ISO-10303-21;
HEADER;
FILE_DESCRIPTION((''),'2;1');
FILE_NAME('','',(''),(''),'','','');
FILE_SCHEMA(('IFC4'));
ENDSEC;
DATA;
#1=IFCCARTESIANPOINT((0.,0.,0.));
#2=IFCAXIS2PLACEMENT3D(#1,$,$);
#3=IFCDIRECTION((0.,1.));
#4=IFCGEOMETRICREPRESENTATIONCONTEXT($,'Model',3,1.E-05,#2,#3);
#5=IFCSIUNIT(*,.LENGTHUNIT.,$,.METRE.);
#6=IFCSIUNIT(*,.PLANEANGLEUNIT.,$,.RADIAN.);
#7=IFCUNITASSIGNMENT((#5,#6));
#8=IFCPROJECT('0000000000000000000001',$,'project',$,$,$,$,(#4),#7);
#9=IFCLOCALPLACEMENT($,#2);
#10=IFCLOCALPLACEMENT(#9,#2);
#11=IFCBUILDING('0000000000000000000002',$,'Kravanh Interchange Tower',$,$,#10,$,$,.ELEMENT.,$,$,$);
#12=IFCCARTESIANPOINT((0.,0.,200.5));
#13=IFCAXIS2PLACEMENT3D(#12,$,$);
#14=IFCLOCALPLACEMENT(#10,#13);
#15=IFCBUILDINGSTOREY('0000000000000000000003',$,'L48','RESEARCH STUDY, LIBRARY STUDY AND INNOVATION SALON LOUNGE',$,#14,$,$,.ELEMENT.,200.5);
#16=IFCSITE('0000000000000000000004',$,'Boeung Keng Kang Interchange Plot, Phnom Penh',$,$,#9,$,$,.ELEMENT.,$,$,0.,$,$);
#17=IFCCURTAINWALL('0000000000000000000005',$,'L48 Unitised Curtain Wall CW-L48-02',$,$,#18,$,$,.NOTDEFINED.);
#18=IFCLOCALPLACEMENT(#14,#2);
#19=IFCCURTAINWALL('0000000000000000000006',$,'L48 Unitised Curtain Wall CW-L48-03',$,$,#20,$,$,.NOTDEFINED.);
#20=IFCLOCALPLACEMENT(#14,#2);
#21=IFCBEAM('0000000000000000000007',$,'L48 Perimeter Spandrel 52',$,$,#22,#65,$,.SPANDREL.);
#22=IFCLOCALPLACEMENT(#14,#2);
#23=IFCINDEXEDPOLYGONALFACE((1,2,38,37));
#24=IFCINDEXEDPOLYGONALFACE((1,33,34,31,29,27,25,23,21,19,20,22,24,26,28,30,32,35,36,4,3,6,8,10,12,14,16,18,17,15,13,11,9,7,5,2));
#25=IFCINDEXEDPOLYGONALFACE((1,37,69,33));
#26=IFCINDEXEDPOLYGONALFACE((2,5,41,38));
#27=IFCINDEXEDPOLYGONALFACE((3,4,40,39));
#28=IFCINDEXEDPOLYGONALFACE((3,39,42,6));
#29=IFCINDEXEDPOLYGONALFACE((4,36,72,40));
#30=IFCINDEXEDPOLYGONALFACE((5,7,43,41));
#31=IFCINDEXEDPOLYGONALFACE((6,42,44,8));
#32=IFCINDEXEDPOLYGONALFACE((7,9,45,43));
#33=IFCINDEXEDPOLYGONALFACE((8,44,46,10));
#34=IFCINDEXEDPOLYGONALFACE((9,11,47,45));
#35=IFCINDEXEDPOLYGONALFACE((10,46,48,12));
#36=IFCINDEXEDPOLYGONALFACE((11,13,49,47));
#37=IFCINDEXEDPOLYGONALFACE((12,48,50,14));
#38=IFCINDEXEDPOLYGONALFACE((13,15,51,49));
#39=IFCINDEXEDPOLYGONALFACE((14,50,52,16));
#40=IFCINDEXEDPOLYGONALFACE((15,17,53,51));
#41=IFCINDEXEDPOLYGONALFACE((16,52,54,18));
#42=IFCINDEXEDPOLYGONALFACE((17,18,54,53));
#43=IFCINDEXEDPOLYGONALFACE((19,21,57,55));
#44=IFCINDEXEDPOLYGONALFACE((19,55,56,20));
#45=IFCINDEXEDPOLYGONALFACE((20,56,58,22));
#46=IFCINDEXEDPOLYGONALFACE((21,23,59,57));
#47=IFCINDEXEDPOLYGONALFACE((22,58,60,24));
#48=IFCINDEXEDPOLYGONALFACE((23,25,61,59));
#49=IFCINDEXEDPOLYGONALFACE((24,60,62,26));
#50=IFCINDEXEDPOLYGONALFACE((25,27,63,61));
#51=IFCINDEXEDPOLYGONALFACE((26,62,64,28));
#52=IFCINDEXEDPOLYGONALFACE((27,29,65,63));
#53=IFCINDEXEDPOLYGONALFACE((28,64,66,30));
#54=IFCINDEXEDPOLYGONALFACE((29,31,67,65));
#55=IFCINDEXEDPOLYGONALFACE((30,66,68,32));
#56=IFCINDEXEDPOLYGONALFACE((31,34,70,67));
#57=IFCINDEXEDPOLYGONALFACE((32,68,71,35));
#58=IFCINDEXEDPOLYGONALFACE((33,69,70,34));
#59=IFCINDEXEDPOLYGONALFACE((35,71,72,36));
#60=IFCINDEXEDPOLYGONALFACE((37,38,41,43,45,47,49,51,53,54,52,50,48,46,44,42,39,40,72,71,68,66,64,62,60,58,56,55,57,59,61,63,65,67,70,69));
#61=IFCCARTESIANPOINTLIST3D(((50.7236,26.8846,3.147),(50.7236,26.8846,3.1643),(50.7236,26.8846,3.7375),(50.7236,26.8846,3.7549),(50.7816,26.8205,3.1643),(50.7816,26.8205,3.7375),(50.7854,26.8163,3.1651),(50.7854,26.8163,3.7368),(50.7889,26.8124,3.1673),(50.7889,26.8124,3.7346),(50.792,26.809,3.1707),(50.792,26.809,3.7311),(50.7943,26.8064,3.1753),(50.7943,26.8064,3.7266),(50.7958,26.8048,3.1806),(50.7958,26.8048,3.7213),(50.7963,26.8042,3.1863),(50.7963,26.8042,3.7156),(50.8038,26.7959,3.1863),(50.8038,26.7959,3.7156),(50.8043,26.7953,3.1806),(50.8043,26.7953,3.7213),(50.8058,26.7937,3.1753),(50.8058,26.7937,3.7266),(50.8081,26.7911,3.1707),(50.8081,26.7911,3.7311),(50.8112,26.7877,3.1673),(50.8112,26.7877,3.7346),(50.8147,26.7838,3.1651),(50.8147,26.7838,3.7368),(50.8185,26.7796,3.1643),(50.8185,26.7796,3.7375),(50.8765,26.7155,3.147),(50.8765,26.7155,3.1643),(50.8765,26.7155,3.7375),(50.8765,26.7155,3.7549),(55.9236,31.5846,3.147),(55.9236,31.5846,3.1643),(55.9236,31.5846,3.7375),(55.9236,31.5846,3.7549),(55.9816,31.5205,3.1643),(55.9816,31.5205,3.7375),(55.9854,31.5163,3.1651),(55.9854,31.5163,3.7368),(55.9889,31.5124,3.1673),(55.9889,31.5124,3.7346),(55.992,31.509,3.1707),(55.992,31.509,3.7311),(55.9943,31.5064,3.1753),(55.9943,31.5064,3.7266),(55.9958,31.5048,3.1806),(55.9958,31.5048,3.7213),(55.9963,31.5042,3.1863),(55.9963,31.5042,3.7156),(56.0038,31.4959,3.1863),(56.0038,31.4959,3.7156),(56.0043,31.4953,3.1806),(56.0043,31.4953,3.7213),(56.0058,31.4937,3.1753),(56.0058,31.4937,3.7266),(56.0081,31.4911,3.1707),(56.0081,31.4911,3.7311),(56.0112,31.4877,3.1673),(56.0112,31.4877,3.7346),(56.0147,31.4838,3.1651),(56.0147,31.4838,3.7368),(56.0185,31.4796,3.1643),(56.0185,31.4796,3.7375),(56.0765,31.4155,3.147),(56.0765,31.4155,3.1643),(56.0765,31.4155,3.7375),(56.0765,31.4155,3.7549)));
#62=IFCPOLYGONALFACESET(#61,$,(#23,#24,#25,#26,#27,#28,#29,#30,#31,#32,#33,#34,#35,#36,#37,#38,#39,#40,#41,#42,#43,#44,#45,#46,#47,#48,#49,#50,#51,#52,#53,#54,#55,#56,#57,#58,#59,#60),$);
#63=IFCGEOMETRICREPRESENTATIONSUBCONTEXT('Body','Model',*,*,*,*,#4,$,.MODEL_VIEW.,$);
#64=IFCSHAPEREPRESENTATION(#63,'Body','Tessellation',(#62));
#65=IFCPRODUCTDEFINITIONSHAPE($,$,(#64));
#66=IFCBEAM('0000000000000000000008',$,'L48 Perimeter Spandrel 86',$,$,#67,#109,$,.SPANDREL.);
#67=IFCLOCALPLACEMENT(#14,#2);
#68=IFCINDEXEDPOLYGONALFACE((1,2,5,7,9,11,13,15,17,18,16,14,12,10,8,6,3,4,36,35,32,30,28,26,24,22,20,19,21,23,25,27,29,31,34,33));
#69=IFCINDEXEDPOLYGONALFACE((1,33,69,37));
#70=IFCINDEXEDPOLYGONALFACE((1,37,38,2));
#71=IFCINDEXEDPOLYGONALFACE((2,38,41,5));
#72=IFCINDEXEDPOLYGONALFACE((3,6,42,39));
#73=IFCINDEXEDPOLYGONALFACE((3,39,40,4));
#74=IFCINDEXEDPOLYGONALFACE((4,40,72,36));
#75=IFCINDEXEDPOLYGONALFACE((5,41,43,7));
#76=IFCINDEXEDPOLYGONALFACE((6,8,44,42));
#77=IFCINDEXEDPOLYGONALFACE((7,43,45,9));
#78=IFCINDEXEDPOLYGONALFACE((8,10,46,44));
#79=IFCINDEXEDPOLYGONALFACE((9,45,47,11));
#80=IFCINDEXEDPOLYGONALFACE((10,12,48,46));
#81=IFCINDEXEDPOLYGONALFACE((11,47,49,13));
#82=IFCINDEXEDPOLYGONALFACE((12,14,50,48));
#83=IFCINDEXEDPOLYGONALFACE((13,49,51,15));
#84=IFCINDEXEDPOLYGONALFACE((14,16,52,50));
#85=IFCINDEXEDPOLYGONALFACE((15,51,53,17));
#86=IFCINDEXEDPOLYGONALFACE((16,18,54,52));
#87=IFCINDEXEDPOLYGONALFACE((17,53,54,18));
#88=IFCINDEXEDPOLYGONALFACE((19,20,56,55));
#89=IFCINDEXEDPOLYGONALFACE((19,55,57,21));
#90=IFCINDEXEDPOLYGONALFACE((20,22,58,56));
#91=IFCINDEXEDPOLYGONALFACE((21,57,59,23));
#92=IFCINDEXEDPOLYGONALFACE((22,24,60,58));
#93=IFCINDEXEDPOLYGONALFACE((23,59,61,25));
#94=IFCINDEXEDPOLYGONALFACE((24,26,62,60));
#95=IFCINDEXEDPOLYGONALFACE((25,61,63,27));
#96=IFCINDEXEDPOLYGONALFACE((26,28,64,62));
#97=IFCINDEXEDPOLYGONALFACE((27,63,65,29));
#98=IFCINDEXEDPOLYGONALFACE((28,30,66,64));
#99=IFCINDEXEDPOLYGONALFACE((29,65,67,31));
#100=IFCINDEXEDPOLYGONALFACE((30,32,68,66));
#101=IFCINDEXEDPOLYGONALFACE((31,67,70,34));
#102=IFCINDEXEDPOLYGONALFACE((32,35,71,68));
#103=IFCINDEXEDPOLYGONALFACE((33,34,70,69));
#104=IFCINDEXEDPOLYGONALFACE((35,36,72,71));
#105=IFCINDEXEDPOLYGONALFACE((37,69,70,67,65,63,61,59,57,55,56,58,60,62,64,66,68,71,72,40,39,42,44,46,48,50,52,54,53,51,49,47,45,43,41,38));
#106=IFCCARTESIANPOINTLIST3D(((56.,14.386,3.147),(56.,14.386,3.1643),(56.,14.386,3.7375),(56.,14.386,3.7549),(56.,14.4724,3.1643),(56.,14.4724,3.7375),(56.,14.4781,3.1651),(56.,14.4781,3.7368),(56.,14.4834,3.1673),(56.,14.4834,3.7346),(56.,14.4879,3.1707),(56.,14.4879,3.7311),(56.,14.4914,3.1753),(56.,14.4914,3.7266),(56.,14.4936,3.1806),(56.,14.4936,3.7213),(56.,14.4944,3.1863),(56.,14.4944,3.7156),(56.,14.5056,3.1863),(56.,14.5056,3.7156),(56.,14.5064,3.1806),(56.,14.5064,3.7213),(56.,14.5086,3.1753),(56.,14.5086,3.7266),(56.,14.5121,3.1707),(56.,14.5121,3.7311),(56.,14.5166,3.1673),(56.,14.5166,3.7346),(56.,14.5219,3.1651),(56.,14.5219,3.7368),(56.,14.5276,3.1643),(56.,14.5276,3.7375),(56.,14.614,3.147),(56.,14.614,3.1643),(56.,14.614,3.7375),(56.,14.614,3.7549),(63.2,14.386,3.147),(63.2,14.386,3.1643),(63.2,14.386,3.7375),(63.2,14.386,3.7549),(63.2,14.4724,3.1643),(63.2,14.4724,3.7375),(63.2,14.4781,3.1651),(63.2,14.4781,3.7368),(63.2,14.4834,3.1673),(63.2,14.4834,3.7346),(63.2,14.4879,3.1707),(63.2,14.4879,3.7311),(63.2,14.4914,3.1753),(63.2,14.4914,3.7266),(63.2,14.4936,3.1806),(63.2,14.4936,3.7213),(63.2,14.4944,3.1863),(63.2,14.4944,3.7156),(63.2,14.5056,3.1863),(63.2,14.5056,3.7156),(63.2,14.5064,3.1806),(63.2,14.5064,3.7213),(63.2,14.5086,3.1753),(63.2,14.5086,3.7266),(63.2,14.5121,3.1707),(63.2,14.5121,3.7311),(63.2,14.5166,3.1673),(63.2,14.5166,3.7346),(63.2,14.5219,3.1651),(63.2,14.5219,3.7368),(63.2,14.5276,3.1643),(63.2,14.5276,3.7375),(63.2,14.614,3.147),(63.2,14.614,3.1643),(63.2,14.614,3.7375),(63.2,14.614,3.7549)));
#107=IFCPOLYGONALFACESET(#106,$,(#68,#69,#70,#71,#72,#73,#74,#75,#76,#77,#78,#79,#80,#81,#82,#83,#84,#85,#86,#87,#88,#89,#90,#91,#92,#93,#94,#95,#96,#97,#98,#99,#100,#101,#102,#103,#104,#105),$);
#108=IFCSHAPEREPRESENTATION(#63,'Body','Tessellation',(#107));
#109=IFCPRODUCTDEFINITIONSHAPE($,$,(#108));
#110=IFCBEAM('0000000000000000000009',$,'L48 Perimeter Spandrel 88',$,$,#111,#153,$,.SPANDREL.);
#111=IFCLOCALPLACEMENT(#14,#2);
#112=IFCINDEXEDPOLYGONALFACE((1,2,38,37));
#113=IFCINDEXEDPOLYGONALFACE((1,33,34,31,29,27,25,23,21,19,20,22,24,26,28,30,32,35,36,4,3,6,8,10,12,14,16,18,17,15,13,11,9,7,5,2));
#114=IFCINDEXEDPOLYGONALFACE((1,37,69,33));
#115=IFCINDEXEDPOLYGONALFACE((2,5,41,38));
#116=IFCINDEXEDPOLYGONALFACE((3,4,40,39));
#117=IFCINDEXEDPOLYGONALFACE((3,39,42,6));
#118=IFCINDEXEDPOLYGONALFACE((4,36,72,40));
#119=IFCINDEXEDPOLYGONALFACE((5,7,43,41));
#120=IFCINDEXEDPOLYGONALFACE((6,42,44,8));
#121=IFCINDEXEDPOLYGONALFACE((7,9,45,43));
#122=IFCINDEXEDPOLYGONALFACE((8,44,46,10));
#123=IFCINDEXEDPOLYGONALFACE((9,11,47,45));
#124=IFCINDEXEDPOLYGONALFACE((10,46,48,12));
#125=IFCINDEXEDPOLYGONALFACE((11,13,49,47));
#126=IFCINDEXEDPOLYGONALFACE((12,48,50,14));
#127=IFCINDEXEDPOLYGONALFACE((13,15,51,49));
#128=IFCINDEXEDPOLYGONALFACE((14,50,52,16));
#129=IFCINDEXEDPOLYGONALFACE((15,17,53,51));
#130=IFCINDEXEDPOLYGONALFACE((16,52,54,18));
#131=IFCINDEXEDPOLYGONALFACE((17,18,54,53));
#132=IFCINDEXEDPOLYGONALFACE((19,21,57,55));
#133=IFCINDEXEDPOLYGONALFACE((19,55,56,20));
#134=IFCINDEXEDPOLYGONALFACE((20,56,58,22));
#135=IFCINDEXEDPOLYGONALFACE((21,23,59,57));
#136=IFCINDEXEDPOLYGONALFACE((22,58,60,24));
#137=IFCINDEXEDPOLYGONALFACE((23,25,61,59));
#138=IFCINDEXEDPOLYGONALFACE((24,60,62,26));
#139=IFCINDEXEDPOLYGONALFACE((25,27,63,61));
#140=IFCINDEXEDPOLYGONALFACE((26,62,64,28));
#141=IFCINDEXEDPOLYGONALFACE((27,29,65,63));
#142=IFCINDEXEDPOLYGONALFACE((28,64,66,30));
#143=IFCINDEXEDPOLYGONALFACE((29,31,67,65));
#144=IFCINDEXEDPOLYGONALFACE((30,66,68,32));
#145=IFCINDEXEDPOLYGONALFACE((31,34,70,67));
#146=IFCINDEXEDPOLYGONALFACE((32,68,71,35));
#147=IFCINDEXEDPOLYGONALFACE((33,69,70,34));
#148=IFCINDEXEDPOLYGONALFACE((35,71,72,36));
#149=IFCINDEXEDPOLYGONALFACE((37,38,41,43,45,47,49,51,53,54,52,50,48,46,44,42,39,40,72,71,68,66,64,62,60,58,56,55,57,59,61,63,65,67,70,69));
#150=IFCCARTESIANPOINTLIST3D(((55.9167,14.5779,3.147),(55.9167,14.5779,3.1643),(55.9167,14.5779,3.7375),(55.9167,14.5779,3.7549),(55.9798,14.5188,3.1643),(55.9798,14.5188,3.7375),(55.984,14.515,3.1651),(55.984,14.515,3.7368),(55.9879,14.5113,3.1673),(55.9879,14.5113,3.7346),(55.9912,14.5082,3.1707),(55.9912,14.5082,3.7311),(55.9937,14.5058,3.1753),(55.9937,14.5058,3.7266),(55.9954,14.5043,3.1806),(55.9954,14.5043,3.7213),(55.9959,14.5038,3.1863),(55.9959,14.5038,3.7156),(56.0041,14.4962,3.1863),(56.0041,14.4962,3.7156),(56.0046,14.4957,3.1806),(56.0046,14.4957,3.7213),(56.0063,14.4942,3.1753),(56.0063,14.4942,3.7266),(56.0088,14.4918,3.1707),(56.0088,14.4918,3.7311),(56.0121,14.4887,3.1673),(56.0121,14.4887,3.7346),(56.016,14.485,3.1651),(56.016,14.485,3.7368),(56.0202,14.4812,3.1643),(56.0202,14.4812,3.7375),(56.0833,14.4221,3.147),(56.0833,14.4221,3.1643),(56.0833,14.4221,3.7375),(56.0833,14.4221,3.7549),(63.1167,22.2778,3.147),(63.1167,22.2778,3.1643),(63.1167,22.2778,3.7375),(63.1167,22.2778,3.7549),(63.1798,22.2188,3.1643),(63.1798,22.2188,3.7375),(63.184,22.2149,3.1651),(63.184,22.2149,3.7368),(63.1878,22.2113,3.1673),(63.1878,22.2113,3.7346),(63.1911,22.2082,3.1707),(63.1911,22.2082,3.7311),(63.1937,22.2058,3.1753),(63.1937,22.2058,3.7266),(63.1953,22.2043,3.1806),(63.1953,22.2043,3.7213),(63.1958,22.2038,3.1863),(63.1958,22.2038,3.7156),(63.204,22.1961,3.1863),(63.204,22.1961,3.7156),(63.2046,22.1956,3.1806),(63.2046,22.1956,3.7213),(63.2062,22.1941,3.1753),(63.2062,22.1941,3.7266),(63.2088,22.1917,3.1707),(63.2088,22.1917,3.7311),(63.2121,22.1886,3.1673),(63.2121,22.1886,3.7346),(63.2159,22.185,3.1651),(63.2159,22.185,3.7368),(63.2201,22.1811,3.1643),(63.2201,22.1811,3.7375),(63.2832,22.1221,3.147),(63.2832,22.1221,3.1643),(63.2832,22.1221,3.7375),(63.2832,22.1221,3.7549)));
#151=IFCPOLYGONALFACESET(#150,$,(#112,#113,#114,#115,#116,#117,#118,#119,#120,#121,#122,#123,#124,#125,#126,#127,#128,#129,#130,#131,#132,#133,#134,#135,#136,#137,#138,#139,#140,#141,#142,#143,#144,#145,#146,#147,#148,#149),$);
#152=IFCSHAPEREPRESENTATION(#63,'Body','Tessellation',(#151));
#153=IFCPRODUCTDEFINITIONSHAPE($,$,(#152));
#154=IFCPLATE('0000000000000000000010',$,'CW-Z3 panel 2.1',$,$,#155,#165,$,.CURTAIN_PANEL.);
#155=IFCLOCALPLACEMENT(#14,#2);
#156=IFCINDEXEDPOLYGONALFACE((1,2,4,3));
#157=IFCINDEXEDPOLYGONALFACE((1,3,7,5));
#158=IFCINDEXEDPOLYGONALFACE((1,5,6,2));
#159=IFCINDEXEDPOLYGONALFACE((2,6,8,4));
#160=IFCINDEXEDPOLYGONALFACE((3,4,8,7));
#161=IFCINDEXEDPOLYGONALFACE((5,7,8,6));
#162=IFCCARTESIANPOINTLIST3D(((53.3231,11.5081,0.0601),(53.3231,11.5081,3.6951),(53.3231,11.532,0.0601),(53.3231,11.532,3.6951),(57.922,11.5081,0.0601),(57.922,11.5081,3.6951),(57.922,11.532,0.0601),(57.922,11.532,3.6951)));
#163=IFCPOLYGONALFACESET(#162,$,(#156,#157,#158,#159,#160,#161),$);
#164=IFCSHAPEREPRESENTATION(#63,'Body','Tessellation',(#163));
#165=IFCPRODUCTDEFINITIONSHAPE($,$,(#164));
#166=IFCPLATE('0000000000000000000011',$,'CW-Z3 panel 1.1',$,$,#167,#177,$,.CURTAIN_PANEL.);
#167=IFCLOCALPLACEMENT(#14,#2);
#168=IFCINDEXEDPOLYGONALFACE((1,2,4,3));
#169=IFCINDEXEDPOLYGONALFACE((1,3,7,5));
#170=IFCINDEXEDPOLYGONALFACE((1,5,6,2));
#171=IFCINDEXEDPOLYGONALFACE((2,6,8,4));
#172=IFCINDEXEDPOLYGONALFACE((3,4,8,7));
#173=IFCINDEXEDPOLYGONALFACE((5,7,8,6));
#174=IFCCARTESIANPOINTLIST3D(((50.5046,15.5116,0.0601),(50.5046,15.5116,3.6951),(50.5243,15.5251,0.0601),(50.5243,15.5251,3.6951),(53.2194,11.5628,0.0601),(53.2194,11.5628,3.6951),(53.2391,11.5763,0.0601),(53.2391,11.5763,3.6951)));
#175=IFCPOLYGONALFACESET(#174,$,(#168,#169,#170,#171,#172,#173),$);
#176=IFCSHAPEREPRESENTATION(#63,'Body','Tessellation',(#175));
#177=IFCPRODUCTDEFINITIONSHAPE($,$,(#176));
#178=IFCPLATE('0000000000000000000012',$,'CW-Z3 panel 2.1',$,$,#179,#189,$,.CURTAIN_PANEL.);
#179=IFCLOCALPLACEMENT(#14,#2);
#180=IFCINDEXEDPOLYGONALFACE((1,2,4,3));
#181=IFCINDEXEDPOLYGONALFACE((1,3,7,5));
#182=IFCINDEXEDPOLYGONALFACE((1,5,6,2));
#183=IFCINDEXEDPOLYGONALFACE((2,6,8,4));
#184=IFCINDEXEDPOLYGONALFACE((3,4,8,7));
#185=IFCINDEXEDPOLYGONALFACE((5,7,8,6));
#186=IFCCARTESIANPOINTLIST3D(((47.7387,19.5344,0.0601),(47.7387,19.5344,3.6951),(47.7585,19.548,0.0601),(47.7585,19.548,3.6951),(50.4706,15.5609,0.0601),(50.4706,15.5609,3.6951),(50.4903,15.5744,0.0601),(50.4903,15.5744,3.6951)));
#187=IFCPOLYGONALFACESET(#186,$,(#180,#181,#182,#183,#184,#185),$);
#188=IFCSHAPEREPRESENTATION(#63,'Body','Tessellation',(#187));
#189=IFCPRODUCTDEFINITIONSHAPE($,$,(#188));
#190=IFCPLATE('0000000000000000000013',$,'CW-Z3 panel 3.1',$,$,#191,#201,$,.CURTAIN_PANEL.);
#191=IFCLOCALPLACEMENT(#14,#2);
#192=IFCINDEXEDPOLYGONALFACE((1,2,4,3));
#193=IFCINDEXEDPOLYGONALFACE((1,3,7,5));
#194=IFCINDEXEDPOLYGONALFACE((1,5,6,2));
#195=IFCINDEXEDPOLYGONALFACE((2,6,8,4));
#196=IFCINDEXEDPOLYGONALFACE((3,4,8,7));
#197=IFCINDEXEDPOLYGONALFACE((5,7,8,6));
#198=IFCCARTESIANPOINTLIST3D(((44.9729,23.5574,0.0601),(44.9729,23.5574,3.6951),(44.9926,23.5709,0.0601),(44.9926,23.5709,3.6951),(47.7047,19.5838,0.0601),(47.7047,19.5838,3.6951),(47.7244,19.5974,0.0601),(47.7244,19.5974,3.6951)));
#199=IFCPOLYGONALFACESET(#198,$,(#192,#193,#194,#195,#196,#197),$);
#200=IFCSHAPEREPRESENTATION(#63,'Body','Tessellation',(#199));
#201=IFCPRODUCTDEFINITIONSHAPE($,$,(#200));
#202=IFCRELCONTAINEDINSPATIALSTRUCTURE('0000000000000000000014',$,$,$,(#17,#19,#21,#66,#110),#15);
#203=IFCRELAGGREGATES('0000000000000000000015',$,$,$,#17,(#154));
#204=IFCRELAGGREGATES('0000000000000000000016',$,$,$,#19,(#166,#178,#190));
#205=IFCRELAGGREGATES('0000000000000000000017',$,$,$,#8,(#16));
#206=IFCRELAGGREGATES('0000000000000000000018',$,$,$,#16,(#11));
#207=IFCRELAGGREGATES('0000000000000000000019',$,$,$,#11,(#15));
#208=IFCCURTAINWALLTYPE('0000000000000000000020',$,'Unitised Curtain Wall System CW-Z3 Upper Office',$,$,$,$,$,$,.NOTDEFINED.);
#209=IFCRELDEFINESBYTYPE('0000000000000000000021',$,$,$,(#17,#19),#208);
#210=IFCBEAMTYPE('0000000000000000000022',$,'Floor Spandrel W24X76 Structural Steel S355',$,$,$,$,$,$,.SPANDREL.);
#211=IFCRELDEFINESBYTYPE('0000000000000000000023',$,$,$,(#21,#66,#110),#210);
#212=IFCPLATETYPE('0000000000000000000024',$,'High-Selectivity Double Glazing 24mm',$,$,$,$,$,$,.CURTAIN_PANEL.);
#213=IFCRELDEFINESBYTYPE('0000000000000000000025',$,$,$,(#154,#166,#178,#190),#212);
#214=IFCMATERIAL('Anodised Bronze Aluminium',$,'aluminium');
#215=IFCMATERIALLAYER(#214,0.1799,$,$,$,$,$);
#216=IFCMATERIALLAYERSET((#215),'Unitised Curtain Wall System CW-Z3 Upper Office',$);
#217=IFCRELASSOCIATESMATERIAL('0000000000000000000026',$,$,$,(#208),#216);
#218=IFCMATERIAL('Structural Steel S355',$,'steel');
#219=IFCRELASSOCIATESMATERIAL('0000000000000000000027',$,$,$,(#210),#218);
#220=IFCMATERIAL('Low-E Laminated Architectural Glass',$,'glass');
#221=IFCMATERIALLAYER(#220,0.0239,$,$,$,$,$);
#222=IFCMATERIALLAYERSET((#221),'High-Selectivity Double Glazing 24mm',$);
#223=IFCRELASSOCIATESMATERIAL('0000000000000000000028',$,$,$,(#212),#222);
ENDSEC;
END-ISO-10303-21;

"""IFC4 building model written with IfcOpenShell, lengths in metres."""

from ifc_helpers import new_model, si_unit, direction, frame, origin, origin_2d, place, context, subcontext, project, spatial, rectangle, i_section, extrude, material, layer, layer_set, material_profile, profile_set, type_object, element, aggregate, save


model = new_model("IFC4")

# Units and contexts
model_context = context("Model", 3, precision=1e-05, world=origin(), true_north=direction((0.0, 1.0)))
body_context = subcontext(model_context, "Body", "Model", "MODEL_VIEW")
ifc_project = project(units=[si_unit("LENGTHUNIT", "METRE"), si_unit("PLANEANGLEUNIT", "RADIAN")], contexts=[model_context])

# Site, building, storey
site_placement = place(None, origin())
site = spatial("IfcSite", under=ifc_project, at=site_placement, Name="Boeung Keng Kang Interchange Plot, Phnom Penh", CompositionType="ELEMENT", RefElevation=0.0)
building_placement = place(site_placement, origin())
building = spatial("IfcBuilding", under=site, at=building_placement, Name="Kravanh Interchange Tower", CompositionType="ELEMENT")
storey_placement = place(building_placement, frame((0.0, 0.0, 200.5)))
storey = spatial("IfcBuildingStorey", under=building, at=storey_placement, Name="L48", Description="RESEARCH STUDY, LIBRARY STUDY AND INNOVATION SALON LOUNGE", CompositionType="ELEMENT", Elevation=200.5)

# Curtain wall
ifc_material_1 = material(Name="Anodised Bronze Aluminium", Category="aluminium")
ifc_layer_1 = layer(ifc_material_1, 0.1799)
ifc_layer_set_1 = layer_set([ifc_layer_1], Name="Unitised Curtain Wall System CW-Z3 Upper Office")
curtain_wall_type = type_object("IfcCurtainWallType", Name="Unitised Curtain Wall System CW-Z3 Upper Office", PredefinedType="NOTDEFINED", material=ifc_layer_set_1)
curtain_wall_1_placement = place(storey_placement, origin())
curtain_wall_1 = element("IfcCurtainWall", 1, at=curtain_wall_1_placement, inside=storey, type_object=curtain_wall_type, Name="L48 Unitised Curtain Wall CW-L48-02", PredefinedType="NOTDEFINED")

# Curtain wall
curtain_wall_2_placement = place(storey_placement, origin())
curtain_wall_2 = element("IfcCurtainWall", 2, at=curtain_wall_2_placement, inside=storey, type_object=curtain_wall_type, Name="L48 Unitised Curtain Wall CW-L48-03", PredefinedType="NOTDEFINED")

# Beams
ifc_material_2 = material(Name="Structural Steel S355", Category="steel")
ifc_material_profile_1 = material_profile(ifc_material_2, i_section(OverallWidth=0.228, OverallDepth=0.6079, WebThickness=0.0112, FlangeThickness=0.0173, FilletRadius=0.022, at=origin_2d()), Name="W24X76")
ifc_profile_set_1 = profile_set([ifc_material_profile_1], Name="Structural Steel S355")
beam_type_1 = type_object("IfcBeamType", Name="Floor Spandrel W24X76 Structural Steel S355", PredefinedType="SPANDREL", material=ifc_profile_set_1)
beam_1_placement = place(storey_placement, frame((50.8, 26.8, 3.4509), z_axis=(0.741874, 0.670539, 0.0), x_axis=(-0.670539, 0.741874, 0.0)))
element("IfcBeam", 3, at=beam_1_placement, inside=storey, type_object=beam_type_1, Name="L48 Perimeter Spandrel 52", PredefinedType="SPANDREL", context=body_context, shape_type="SweptSolid", body=[
    extrude(i_section(OverallWidth=0.228, OverallDepth=0.6079, WebThickness=0.0112, FlangeThickness=0.0173, FilletRadius=0.022, at=origin_2d()), origin(), (0.0, 0.0, 1.0), 7.0093),
])
beam_2_placement = place(storey_placement, frame((56.0, 14.5, 3.4509), z_axis=(1.0, 0.0, 0.0), x_axis=(0.0, 1.0, 0.0)))
element("IfcBeam", 4, at=beam_2_placement, inside=storey, type_object=beam_type_1, Name="L48 Perimeter Spandrel 86", PredefinedType="SPANDREL", context=body_context, shape_type="SweptSolid", body=[
    extrude(i_section(OverallWidth=0.228, OverallDepth=0.6079, WebThickness=0.0112, FlangeThickness=0.0173, FilletRadius=0.022, at=origin_2d()), origin(), (0.0, 0.0, 1.0), 7.2),
])
beam_3_placement = place(storey_placement, frame((56.0, 14.5, 3.4509), z_axis=(0.682994, 0.730424, 0.0), x_axis=(-0.730424, 0.682994, 0.0)))
element("IfcBeam", 5, at=beam_3_placement, inside=storey, type_object=beam_type_1, Name="L48 Perimeter Spandrel 88", PredefinedType="SPANDREL", context=body_context, shape_type="SweptSolid", body=[
    extrude(i_section(OverallWidth=0.228, OverallDepth=0.6079, WebThickness=0.0112, FlangeThickness=0.0173, FilletRadius=0.022, at=origin_2d()), origin(), (0.0, 0.0, 1.0), 10.5417),
])

# Plates
ifc_material_3 = material(Name="Low-E Laminated Architectural Glass", Category="glass")
ifc_layer_2 = layer(ifc_material_3, 0.0239)
ifc_layer_set_2 = layer_set([ifc_layer_2], Name="High-Selectivity Double Glazing 24mm")
plate_type = type_object("IfcPlateType", Name="High-Selectivity Double Glazing 24mm", PredefinedType="CURTAIN_PANEL", material=ifc_layer_set_2)
plate_1_placement = place(storey_placement, frame((55.6226, 11.52, 0.0601), z_axis=(0.0, 0.0, 1.0), x_axis=(-1.0, 0.0, 0.0)))
plate_1 = element("IfcPlate", 6, at=plate_1_placement, type_object=plate_type, Name="CW-Z3 panel 2.1", PredefinedType="CURTAIN_PANEL", context=body_context, shape_type="SweptSolid", body=[
    extrude(rectangle(XDim=4.5989, YDim=0.0239, at=origin_2d()), origin(), (0.0, 0.0, 1.0), 3.635),
])
aggregate(curtain_wall_1, [plate_1])
plate_2_placement = place(storey_placement, frame((51.8718, 13.5439, 0.0601), z_axis=(0.0, 0.0, 1.0), x_axis=(-0.566528, 0.824042, 0.0)))
plate_2 = element("IfcPlate", 7, at=plate_2_placement, type_object=plate_type, Name="CW-Z3 panel 1.1", PredefinedType="CURTAIN_PANEL", context=body_context, shape_type="SweptSolid", body=[
    extrude(rectangle(XDim=4.792, YDim=0.0239, at=origin_2d()), origin(), (0.0, 0.0, 1.0), 3.635),
])
plate_3_placement = place(storey_placement, frame((49.1145, 17.5544, 0.0601), z_axis=(0.0, 0.0, 1.0), x_axis=(-0.566528, 0.824042, 0.0)))
plate_3 = element("IfcPlate", 8, at=plate_3_placement, type_object=plate_type, Name="CW-Z3 panel 2.1", PredefinedType="CURTAIN_PANEL", context=body_context, shape_type="SweptSolid", body=[
    extrude(rectangle(XDim=4.822, YDim=0.0239, at=origin_2d()), origin(), (0.0, 0.0, 1.0), 3.635),
])
plate_4_placement = place(storey_placement, frame((46.3486, 21.5774, 0.0601), z_axis=(0.0, 0.0, 1.0), x_axis=(-0.566528, 0.824042, 0.0)))
plate_4 = element("IfcPlate", 9, at=plate_4_placement, type_object=plate_type, Name="CW-Z3 panel 3.1", PredefinedType="CURTAIN_PANEL", context=body_context, shape_type="SweptSolid", body=[
    extrude(rectangle(XDim=4.822, YDim=0.0239, at=origin_2d()), origin(), (0.0, 0.0, 1.0), 3.635),
])
aggregate(curtain_wall_2, [plate_2, plate_3, plate_4])

save(model, "model.ifc")
